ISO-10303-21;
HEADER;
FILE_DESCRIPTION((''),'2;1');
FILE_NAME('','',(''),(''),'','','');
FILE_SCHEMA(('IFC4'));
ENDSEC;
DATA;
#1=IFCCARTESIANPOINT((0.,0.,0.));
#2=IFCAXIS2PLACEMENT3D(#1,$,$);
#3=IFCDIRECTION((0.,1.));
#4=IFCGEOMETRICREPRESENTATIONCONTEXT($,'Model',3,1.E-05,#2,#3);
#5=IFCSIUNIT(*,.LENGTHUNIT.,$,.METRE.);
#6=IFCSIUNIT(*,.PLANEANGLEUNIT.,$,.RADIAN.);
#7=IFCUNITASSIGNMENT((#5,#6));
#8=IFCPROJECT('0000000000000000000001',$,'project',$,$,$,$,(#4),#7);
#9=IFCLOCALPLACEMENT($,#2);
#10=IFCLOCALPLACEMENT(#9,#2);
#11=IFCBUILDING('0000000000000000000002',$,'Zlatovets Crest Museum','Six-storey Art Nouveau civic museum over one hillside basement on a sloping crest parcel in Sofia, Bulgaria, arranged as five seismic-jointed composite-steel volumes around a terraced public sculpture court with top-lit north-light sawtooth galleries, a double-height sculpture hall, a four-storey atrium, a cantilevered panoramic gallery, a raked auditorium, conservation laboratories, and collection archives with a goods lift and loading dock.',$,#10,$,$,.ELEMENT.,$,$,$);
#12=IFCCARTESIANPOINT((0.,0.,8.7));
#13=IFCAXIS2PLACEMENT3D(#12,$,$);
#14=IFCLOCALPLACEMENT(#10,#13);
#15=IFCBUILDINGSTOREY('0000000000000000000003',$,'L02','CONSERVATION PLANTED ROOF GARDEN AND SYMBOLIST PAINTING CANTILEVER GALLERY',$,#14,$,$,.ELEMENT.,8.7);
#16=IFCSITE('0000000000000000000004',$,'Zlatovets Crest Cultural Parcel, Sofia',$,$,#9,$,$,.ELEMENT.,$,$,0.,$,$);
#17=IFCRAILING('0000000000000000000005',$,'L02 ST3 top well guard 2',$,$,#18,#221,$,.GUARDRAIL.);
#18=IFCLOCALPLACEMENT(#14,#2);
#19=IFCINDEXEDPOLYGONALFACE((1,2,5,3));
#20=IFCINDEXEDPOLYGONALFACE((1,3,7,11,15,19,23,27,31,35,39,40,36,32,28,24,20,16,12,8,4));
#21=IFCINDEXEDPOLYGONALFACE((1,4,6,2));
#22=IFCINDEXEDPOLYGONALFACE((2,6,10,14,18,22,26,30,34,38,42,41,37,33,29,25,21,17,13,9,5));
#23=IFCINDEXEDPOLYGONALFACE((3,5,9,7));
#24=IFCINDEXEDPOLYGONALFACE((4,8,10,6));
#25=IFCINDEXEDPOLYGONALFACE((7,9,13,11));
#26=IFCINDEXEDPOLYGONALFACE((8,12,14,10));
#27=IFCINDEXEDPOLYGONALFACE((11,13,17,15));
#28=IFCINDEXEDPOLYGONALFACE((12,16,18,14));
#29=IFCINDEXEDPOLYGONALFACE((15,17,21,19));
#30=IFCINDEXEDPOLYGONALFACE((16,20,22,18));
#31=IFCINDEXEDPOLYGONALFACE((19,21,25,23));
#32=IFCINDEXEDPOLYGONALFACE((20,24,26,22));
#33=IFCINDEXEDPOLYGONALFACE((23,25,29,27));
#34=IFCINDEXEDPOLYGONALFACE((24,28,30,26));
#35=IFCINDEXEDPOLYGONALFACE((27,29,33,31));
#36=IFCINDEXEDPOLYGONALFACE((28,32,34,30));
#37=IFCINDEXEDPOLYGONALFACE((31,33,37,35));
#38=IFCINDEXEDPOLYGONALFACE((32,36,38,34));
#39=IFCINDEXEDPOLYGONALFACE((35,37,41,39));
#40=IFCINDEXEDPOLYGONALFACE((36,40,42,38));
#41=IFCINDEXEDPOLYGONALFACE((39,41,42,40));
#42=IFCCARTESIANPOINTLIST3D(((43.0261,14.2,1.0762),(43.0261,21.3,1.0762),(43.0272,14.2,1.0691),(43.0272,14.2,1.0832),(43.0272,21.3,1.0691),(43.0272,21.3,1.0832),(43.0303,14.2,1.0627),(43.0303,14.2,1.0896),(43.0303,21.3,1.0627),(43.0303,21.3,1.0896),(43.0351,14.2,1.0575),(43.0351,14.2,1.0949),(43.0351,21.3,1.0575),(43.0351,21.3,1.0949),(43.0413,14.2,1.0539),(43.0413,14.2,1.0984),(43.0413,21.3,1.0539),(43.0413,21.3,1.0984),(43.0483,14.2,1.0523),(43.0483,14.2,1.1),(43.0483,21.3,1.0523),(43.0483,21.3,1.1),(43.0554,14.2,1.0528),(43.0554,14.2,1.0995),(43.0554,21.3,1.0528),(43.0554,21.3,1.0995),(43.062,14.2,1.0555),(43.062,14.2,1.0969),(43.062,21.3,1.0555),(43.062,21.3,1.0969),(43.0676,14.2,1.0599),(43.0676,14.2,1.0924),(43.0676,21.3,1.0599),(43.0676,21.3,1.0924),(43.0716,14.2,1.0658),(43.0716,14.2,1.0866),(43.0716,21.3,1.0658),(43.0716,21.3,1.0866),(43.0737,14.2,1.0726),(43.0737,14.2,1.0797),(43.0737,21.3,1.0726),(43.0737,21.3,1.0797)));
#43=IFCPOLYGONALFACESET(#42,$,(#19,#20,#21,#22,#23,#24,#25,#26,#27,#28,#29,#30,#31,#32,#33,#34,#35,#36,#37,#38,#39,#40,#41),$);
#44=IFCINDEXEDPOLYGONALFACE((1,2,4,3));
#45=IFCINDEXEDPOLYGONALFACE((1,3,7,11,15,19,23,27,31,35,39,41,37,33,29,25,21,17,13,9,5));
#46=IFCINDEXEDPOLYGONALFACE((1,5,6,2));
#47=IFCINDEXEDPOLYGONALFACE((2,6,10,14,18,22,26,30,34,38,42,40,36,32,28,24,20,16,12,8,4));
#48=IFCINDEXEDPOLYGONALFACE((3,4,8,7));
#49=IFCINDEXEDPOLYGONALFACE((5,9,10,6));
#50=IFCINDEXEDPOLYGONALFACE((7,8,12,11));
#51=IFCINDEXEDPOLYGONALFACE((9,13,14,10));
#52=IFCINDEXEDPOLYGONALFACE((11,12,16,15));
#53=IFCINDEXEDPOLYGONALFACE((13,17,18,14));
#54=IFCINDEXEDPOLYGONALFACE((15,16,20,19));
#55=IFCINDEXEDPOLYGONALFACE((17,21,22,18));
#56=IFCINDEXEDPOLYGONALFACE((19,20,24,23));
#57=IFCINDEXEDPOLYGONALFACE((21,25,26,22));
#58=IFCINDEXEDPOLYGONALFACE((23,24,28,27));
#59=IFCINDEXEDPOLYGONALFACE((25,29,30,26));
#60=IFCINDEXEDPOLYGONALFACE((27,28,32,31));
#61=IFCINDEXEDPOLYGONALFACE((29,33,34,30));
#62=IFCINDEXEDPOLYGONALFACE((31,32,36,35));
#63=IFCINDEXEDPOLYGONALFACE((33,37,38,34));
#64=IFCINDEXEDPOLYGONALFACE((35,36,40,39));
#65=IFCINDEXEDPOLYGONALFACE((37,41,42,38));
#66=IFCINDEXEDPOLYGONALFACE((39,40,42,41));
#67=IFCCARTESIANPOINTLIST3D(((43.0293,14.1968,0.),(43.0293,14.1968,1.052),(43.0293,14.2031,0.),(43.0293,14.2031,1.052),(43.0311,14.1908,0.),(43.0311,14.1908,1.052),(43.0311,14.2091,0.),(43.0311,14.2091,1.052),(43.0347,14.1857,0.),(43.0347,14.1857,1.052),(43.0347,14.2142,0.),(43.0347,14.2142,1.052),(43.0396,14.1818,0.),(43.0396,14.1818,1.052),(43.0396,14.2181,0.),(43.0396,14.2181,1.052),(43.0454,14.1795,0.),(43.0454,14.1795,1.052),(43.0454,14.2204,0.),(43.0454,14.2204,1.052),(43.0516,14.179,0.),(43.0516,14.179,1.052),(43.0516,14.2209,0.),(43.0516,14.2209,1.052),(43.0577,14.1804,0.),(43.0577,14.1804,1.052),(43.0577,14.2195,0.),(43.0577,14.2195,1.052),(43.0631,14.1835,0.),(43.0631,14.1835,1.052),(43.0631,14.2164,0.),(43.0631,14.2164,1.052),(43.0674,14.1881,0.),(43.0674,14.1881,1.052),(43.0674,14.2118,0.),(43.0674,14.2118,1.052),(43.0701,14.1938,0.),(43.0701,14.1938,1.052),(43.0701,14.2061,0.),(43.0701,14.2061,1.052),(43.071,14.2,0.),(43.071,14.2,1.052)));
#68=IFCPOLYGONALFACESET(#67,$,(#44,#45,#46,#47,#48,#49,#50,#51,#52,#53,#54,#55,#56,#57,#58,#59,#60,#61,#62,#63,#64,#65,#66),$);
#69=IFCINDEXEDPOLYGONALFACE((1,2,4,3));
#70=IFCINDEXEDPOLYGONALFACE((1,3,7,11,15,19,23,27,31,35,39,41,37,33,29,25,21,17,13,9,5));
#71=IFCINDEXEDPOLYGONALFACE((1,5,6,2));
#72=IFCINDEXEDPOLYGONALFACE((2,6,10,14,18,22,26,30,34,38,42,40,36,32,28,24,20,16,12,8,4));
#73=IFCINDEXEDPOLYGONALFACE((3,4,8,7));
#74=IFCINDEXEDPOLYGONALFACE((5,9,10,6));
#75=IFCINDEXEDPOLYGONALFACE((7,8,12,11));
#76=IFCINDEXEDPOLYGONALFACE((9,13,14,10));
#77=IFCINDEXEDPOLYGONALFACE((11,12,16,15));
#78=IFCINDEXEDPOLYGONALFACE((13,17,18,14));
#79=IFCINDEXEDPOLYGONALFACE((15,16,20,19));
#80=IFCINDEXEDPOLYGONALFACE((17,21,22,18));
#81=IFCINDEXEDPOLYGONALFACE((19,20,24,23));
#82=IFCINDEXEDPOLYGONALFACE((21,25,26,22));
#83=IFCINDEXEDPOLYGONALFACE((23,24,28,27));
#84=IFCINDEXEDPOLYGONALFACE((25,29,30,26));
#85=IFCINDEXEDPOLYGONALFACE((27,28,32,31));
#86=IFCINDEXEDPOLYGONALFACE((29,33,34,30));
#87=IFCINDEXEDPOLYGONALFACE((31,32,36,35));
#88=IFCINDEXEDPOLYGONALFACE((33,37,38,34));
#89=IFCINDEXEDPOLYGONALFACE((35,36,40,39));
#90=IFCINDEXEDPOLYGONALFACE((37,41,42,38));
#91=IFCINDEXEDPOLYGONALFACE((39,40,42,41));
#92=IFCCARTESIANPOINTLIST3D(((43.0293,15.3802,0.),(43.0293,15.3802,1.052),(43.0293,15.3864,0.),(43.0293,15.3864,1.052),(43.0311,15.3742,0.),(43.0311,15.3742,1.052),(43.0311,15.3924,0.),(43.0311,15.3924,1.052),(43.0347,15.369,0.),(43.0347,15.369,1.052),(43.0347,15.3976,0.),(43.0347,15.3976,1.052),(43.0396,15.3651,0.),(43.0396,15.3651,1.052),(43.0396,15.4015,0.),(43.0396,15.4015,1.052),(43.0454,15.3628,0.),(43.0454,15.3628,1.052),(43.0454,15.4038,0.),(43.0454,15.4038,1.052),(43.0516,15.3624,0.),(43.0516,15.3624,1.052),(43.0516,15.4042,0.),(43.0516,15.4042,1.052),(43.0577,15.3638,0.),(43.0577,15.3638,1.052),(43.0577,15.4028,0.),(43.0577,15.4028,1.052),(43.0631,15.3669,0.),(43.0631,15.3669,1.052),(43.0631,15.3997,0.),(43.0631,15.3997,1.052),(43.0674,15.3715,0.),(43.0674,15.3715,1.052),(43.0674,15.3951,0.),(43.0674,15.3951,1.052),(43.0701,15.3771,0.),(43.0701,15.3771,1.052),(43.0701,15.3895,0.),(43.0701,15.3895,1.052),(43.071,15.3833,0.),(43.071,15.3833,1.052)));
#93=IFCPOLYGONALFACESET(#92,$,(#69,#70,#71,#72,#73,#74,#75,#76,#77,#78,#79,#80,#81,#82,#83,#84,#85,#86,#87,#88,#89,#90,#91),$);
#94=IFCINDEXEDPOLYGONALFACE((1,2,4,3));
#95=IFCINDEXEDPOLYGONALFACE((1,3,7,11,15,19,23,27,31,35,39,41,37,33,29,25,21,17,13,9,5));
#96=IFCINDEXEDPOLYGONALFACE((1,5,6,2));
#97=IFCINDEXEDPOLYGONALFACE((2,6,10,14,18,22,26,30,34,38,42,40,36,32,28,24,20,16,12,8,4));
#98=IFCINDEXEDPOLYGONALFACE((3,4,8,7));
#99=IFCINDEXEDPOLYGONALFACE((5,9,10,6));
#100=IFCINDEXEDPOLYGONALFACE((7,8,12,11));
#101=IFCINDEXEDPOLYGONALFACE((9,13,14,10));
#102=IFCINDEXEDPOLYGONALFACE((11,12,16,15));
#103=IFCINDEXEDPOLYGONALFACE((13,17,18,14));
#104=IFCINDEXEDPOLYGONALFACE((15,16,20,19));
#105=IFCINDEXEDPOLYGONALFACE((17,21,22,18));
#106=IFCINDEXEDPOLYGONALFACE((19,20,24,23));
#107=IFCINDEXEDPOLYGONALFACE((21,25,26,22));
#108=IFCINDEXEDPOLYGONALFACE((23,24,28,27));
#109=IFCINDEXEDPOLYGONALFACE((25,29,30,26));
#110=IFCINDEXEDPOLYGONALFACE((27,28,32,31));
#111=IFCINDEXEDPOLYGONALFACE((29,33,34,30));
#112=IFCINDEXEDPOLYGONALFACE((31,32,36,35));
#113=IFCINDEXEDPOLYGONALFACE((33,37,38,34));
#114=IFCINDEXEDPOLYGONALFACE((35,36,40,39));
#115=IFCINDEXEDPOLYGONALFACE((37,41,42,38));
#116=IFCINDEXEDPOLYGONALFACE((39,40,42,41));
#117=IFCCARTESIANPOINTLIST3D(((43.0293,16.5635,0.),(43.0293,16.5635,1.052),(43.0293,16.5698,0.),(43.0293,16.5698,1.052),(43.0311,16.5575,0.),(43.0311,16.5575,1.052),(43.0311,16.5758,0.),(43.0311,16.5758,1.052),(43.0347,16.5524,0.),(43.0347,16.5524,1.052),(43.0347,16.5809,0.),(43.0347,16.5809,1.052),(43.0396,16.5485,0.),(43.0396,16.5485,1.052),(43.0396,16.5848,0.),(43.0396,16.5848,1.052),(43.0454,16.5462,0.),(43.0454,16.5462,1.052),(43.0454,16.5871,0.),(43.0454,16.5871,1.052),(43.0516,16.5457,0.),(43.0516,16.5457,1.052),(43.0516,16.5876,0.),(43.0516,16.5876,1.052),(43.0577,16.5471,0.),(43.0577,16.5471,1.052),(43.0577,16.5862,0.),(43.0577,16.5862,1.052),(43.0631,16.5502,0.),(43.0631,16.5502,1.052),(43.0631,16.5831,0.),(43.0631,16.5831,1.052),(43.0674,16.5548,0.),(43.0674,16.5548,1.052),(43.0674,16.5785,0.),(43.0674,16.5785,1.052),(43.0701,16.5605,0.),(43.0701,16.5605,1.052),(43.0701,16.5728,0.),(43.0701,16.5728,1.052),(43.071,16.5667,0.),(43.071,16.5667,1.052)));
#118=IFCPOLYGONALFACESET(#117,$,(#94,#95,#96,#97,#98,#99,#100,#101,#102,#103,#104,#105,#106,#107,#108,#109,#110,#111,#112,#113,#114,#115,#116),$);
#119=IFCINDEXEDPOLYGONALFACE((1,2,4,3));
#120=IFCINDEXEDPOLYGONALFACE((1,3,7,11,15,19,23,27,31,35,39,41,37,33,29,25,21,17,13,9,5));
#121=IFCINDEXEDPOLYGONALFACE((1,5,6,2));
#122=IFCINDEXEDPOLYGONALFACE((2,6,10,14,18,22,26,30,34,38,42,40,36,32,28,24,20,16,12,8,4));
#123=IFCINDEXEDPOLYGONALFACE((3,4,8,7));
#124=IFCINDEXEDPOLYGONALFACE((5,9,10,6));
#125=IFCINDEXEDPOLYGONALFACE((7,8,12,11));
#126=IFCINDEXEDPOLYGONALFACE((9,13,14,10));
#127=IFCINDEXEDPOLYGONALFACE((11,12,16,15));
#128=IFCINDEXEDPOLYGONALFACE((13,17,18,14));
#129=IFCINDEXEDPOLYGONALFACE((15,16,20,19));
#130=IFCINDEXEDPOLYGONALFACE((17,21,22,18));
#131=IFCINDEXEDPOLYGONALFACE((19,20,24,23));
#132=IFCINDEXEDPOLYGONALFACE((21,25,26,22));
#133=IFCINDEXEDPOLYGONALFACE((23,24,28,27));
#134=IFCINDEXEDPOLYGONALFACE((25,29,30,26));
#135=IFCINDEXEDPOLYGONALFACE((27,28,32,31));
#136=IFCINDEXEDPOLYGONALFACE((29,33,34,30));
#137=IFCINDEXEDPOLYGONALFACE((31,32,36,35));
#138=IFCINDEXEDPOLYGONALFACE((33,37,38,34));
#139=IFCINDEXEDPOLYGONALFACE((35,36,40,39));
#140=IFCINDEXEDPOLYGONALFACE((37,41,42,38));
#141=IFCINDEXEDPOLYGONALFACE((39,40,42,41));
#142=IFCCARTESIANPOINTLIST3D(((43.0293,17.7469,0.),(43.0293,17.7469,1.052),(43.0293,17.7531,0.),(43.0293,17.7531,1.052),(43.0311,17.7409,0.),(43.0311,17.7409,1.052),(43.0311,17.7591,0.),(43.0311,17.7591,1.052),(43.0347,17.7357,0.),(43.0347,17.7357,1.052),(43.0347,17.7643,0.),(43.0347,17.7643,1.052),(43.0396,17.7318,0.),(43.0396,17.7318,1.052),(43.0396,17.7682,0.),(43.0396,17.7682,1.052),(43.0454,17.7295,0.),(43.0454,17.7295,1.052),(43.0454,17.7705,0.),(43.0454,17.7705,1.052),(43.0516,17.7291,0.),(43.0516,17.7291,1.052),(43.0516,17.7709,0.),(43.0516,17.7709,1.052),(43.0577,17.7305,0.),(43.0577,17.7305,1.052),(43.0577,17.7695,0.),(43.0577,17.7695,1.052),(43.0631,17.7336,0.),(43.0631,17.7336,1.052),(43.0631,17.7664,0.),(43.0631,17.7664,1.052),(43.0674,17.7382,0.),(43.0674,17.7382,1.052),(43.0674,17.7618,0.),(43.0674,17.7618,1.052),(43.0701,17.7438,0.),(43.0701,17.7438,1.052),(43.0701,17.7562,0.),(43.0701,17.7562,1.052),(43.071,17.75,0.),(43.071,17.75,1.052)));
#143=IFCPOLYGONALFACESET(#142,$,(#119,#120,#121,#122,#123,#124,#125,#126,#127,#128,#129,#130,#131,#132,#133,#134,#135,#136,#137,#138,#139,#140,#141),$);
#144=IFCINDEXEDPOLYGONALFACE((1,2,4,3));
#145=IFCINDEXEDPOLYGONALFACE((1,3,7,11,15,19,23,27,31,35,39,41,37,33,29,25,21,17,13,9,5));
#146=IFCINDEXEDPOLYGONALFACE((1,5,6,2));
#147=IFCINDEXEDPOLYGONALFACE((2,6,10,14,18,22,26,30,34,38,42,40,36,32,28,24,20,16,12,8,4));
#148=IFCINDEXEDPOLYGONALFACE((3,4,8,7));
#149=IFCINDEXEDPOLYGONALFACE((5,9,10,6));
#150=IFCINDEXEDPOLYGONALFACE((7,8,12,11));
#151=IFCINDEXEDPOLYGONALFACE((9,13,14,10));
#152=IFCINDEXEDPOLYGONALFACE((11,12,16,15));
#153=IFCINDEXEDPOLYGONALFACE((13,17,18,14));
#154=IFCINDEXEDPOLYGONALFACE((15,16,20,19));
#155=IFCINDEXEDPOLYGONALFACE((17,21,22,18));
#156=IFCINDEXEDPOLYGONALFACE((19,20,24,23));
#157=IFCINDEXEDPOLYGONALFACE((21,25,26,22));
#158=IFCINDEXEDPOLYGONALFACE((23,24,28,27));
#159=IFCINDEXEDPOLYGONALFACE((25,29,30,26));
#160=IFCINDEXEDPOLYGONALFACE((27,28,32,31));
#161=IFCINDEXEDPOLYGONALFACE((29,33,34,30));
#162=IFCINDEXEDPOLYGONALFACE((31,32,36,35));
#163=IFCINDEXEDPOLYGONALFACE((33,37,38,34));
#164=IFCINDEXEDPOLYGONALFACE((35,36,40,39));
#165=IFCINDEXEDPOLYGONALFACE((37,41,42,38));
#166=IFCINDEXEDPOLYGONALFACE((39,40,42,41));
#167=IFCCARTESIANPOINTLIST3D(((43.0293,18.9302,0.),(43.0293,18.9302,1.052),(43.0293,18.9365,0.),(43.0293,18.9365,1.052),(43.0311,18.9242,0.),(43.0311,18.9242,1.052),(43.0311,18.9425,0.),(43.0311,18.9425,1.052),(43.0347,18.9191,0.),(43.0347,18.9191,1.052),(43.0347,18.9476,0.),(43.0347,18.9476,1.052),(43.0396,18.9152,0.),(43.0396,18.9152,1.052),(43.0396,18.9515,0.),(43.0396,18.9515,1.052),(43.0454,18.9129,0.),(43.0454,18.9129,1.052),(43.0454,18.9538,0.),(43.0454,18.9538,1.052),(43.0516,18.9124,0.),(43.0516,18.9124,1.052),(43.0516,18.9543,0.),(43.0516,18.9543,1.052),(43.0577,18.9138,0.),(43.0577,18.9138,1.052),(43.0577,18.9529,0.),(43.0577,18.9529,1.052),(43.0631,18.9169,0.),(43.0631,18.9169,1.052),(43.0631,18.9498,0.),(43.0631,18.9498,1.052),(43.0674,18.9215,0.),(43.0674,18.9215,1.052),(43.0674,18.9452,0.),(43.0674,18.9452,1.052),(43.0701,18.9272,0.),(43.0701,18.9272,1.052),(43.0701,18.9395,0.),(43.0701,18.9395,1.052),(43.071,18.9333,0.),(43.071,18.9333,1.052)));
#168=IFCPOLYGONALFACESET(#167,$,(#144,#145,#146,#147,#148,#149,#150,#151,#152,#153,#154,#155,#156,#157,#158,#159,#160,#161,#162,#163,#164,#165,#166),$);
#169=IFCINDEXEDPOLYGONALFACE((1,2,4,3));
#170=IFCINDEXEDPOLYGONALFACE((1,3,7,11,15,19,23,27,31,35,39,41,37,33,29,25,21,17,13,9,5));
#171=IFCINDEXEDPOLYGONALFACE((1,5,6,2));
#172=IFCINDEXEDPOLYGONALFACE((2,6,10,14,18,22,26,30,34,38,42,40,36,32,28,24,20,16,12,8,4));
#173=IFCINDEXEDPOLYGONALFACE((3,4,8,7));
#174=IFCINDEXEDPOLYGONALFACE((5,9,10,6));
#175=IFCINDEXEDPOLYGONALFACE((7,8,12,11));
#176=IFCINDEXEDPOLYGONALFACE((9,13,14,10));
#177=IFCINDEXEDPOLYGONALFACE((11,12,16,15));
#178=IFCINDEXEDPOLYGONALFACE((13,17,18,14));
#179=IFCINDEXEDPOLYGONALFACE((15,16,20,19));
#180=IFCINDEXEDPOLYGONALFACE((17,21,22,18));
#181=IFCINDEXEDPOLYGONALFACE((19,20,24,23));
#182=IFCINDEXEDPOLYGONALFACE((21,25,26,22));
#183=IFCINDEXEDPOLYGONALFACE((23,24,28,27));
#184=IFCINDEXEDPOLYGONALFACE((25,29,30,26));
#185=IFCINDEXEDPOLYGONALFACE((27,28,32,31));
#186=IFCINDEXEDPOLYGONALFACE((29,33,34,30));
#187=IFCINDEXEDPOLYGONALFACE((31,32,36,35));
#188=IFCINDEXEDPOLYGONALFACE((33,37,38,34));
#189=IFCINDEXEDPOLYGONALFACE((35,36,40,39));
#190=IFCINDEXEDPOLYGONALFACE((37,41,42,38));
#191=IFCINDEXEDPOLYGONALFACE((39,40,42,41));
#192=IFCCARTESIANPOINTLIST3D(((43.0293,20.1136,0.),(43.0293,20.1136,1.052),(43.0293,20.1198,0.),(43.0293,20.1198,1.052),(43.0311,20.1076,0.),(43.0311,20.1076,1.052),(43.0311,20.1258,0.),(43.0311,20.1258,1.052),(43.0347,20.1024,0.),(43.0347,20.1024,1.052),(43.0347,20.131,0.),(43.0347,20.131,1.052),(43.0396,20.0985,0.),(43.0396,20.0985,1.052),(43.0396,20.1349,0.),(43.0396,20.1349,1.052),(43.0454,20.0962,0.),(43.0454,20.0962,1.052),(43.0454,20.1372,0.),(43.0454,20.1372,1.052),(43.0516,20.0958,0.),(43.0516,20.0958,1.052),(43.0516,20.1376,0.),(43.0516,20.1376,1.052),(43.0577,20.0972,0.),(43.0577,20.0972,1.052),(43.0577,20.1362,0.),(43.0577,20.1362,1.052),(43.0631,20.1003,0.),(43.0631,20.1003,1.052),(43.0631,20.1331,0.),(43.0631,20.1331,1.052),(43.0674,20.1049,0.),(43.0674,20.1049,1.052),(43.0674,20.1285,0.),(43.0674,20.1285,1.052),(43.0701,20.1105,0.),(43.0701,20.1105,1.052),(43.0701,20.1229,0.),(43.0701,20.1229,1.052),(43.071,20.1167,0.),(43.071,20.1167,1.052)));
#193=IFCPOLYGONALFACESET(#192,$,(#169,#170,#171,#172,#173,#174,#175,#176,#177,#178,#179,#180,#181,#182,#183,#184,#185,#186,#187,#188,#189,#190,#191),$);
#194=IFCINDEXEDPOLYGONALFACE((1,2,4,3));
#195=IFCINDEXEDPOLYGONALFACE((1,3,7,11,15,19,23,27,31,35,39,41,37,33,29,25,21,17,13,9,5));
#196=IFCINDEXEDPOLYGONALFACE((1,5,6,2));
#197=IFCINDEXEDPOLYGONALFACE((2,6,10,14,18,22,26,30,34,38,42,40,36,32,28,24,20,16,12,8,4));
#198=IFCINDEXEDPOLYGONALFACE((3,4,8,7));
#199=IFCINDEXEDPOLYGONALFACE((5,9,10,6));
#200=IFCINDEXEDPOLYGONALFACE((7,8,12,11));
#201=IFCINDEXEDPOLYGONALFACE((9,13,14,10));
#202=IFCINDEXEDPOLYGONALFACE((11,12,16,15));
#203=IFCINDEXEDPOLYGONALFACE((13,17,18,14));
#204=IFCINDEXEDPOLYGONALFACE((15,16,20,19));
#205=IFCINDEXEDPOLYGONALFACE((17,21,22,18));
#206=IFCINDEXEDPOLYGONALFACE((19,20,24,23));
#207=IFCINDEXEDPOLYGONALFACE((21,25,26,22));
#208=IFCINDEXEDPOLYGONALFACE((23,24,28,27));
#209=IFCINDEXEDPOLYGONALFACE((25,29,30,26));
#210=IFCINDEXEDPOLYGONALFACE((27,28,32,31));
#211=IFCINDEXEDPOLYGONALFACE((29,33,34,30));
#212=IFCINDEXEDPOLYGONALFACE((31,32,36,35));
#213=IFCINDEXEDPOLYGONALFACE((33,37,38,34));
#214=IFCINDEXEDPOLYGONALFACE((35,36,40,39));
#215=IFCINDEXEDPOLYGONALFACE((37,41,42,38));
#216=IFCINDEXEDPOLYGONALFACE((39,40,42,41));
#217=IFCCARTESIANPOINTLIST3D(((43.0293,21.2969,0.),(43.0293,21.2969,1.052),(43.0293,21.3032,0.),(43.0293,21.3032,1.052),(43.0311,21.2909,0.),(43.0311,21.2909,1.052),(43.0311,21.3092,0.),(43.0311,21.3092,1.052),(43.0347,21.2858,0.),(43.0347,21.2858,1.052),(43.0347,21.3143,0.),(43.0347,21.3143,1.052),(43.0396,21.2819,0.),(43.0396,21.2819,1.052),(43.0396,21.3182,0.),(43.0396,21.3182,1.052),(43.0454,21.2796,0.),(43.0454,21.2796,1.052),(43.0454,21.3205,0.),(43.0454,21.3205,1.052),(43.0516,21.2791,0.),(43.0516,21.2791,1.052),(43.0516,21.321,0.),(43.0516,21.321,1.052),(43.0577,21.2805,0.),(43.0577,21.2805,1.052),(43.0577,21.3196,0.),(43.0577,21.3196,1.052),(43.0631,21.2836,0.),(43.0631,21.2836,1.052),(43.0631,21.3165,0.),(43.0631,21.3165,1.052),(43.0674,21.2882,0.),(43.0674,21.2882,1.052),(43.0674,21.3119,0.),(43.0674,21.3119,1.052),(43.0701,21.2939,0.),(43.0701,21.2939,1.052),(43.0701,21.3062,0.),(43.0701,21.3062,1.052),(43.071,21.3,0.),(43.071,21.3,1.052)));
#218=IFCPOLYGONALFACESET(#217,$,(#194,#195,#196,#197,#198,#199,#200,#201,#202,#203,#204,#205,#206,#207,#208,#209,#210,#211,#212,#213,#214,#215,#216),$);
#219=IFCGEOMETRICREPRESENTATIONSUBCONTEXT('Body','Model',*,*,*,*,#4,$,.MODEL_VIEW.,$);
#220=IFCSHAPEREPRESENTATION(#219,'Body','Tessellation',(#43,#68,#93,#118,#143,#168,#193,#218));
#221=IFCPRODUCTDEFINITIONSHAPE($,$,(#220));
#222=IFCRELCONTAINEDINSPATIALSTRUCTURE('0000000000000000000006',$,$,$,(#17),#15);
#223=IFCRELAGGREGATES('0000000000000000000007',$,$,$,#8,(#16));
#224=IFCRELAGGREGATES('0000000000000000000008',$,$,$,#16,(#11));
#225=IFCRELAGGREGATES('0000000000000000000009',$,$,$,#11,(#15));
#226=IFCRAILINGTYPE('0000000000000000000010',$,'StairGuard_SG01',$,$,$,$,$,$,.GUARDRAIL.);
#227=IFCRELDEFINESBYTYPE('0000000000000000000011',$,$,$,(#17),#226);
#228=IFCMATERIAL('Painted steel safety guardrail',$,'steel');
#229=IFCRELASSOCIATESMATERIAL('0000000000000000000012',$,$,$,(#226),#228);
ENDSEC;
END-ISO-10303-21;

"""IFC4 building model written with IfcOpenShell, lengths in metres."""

from ifc_helpers import new_model, si_unit, direction, frame, origin, origin_2d, place, context, subcontext, project, spatial, circle, extrude, material, type_object, element, save


model = new_model("IFC4")

# Units and contexts
model_context = context("Model", 3, precision=1e-05, world=origin(), true_north=direction((0.0, 1.0)))
body_context = subcontext(model_context, "Body", "Model", "MODEL_VIEW")
ifc_project = project(units=[si_unit("LENGTHUNIT", "METRE"), si_unit("PLANEANGLEUNIT", "RADIAN")], contexts=[model_context])

# Site, building, storey
site_placement = place(None, origin())
site = spatial("IfcSite", under=ifc_project, at=site_placement, Name="Zlatovets Crest Cultural Parcel, Sofia", CompositionType="ELEMENT", RefElevation=0.0)
building_placement = place(site_placement, origin())
building = spatial("IfcBuilding", under=site, at=building_placement, Name="Zlatovets Crest Museum", Description="Six-storey Art Nouveau civic museum over one hillside basement on a sloping crest parcel in Sofia, Bulgaria, arranged as five seismic-jointed composite-steel volumes around a terraced public sculpture court with top-lit north-light sawtooth galleries, a double-height sculpture hall, a four-storey atrium, a cantilevered panoramic gallery, a raked auditorium, conservation laboratories, and collection archives with a goods lift and loading dock.", CompositionType="ELEMENT")
storey_placement = place(building_placement, frame((0.0, 0.0, 8.7)))
storey = spatial("IfcBuildingStorey", under=building, at=storey_placement, Name="L02", Description="CONSERVATION PLANTED ROOF GARDEN AND SYMBOLIST PAINTING CANTILEVER GALLERY", CompositionType="ELEMENT", Elevation=8.7)

# Railing
ifc_material_1 = material(Name="Painted steel safety guardrail", Category="steel")
railing_type = type_object("IfcRailingType", Name="StairGuard_SG01", PredefinedType="GUARDRAIL", material=ifc_material_1)
for number, where, name in (
    (1, (43.05, 14.2, 0.0), "L02 ST3 top well guard 2"),
):
    element("IfcRailing", number, at=place(storey_placement, frame(where)), inside=storey, type_object=railing_type, Name=name, PredefinedType="GUARDRAIL", context=body_context, shape_type="SweptSolid", body=[
        extrude(circle(Radius=0.0239, at=origin_2d()), frame((0.0, 0.0, 1.0762), z_axis=(0.0, 1.0, 0.0), x_axis=(-1.0, 0.0, 0.0)), (0.0, 0.0, 1.0), 7.1001),
        extrude(circle(Radius=0.021, at=origin_2d()), origin(), (0.0, 0.0, 1.0), 1.052),
        extrude(circle(Radius=0.021, at=origin_2d()), frame((0.0, 1.1833, 0.0)), (0.0, 0.0, 1.0), 1.052),
        extrude(circle(Radius=0.021, at=origin_2d()), frame((0.0, 2.3667, 0.0)), (0.0, 0.0, 1.0), 1.052),
        extrude(circle(Radius=0.021, at=origin_2d()), frame((0.0, 3.55, 0.0)), (0.0, 0.0, 1.0), 1.052),
        extrude(circle(Radius=0.021, at=origin_2d()), frame((0.0, 4.7334, 0.0)), (0.0, 0.0, 1.0), 1.052),
        extrude(circle(Radius=0.021, at=origin_2d()), frame((0.0, 5.9167, 0.0)), (0.0, 0.0, 1.0), 1.052),
        extrude(circle(Radius=0.021, at=origin_2d()), frame((0.0, 7.1001, 0.0)), (0.0, 0.0, 1.0), 1.052),
    ])

save(model, "model.ifc")
